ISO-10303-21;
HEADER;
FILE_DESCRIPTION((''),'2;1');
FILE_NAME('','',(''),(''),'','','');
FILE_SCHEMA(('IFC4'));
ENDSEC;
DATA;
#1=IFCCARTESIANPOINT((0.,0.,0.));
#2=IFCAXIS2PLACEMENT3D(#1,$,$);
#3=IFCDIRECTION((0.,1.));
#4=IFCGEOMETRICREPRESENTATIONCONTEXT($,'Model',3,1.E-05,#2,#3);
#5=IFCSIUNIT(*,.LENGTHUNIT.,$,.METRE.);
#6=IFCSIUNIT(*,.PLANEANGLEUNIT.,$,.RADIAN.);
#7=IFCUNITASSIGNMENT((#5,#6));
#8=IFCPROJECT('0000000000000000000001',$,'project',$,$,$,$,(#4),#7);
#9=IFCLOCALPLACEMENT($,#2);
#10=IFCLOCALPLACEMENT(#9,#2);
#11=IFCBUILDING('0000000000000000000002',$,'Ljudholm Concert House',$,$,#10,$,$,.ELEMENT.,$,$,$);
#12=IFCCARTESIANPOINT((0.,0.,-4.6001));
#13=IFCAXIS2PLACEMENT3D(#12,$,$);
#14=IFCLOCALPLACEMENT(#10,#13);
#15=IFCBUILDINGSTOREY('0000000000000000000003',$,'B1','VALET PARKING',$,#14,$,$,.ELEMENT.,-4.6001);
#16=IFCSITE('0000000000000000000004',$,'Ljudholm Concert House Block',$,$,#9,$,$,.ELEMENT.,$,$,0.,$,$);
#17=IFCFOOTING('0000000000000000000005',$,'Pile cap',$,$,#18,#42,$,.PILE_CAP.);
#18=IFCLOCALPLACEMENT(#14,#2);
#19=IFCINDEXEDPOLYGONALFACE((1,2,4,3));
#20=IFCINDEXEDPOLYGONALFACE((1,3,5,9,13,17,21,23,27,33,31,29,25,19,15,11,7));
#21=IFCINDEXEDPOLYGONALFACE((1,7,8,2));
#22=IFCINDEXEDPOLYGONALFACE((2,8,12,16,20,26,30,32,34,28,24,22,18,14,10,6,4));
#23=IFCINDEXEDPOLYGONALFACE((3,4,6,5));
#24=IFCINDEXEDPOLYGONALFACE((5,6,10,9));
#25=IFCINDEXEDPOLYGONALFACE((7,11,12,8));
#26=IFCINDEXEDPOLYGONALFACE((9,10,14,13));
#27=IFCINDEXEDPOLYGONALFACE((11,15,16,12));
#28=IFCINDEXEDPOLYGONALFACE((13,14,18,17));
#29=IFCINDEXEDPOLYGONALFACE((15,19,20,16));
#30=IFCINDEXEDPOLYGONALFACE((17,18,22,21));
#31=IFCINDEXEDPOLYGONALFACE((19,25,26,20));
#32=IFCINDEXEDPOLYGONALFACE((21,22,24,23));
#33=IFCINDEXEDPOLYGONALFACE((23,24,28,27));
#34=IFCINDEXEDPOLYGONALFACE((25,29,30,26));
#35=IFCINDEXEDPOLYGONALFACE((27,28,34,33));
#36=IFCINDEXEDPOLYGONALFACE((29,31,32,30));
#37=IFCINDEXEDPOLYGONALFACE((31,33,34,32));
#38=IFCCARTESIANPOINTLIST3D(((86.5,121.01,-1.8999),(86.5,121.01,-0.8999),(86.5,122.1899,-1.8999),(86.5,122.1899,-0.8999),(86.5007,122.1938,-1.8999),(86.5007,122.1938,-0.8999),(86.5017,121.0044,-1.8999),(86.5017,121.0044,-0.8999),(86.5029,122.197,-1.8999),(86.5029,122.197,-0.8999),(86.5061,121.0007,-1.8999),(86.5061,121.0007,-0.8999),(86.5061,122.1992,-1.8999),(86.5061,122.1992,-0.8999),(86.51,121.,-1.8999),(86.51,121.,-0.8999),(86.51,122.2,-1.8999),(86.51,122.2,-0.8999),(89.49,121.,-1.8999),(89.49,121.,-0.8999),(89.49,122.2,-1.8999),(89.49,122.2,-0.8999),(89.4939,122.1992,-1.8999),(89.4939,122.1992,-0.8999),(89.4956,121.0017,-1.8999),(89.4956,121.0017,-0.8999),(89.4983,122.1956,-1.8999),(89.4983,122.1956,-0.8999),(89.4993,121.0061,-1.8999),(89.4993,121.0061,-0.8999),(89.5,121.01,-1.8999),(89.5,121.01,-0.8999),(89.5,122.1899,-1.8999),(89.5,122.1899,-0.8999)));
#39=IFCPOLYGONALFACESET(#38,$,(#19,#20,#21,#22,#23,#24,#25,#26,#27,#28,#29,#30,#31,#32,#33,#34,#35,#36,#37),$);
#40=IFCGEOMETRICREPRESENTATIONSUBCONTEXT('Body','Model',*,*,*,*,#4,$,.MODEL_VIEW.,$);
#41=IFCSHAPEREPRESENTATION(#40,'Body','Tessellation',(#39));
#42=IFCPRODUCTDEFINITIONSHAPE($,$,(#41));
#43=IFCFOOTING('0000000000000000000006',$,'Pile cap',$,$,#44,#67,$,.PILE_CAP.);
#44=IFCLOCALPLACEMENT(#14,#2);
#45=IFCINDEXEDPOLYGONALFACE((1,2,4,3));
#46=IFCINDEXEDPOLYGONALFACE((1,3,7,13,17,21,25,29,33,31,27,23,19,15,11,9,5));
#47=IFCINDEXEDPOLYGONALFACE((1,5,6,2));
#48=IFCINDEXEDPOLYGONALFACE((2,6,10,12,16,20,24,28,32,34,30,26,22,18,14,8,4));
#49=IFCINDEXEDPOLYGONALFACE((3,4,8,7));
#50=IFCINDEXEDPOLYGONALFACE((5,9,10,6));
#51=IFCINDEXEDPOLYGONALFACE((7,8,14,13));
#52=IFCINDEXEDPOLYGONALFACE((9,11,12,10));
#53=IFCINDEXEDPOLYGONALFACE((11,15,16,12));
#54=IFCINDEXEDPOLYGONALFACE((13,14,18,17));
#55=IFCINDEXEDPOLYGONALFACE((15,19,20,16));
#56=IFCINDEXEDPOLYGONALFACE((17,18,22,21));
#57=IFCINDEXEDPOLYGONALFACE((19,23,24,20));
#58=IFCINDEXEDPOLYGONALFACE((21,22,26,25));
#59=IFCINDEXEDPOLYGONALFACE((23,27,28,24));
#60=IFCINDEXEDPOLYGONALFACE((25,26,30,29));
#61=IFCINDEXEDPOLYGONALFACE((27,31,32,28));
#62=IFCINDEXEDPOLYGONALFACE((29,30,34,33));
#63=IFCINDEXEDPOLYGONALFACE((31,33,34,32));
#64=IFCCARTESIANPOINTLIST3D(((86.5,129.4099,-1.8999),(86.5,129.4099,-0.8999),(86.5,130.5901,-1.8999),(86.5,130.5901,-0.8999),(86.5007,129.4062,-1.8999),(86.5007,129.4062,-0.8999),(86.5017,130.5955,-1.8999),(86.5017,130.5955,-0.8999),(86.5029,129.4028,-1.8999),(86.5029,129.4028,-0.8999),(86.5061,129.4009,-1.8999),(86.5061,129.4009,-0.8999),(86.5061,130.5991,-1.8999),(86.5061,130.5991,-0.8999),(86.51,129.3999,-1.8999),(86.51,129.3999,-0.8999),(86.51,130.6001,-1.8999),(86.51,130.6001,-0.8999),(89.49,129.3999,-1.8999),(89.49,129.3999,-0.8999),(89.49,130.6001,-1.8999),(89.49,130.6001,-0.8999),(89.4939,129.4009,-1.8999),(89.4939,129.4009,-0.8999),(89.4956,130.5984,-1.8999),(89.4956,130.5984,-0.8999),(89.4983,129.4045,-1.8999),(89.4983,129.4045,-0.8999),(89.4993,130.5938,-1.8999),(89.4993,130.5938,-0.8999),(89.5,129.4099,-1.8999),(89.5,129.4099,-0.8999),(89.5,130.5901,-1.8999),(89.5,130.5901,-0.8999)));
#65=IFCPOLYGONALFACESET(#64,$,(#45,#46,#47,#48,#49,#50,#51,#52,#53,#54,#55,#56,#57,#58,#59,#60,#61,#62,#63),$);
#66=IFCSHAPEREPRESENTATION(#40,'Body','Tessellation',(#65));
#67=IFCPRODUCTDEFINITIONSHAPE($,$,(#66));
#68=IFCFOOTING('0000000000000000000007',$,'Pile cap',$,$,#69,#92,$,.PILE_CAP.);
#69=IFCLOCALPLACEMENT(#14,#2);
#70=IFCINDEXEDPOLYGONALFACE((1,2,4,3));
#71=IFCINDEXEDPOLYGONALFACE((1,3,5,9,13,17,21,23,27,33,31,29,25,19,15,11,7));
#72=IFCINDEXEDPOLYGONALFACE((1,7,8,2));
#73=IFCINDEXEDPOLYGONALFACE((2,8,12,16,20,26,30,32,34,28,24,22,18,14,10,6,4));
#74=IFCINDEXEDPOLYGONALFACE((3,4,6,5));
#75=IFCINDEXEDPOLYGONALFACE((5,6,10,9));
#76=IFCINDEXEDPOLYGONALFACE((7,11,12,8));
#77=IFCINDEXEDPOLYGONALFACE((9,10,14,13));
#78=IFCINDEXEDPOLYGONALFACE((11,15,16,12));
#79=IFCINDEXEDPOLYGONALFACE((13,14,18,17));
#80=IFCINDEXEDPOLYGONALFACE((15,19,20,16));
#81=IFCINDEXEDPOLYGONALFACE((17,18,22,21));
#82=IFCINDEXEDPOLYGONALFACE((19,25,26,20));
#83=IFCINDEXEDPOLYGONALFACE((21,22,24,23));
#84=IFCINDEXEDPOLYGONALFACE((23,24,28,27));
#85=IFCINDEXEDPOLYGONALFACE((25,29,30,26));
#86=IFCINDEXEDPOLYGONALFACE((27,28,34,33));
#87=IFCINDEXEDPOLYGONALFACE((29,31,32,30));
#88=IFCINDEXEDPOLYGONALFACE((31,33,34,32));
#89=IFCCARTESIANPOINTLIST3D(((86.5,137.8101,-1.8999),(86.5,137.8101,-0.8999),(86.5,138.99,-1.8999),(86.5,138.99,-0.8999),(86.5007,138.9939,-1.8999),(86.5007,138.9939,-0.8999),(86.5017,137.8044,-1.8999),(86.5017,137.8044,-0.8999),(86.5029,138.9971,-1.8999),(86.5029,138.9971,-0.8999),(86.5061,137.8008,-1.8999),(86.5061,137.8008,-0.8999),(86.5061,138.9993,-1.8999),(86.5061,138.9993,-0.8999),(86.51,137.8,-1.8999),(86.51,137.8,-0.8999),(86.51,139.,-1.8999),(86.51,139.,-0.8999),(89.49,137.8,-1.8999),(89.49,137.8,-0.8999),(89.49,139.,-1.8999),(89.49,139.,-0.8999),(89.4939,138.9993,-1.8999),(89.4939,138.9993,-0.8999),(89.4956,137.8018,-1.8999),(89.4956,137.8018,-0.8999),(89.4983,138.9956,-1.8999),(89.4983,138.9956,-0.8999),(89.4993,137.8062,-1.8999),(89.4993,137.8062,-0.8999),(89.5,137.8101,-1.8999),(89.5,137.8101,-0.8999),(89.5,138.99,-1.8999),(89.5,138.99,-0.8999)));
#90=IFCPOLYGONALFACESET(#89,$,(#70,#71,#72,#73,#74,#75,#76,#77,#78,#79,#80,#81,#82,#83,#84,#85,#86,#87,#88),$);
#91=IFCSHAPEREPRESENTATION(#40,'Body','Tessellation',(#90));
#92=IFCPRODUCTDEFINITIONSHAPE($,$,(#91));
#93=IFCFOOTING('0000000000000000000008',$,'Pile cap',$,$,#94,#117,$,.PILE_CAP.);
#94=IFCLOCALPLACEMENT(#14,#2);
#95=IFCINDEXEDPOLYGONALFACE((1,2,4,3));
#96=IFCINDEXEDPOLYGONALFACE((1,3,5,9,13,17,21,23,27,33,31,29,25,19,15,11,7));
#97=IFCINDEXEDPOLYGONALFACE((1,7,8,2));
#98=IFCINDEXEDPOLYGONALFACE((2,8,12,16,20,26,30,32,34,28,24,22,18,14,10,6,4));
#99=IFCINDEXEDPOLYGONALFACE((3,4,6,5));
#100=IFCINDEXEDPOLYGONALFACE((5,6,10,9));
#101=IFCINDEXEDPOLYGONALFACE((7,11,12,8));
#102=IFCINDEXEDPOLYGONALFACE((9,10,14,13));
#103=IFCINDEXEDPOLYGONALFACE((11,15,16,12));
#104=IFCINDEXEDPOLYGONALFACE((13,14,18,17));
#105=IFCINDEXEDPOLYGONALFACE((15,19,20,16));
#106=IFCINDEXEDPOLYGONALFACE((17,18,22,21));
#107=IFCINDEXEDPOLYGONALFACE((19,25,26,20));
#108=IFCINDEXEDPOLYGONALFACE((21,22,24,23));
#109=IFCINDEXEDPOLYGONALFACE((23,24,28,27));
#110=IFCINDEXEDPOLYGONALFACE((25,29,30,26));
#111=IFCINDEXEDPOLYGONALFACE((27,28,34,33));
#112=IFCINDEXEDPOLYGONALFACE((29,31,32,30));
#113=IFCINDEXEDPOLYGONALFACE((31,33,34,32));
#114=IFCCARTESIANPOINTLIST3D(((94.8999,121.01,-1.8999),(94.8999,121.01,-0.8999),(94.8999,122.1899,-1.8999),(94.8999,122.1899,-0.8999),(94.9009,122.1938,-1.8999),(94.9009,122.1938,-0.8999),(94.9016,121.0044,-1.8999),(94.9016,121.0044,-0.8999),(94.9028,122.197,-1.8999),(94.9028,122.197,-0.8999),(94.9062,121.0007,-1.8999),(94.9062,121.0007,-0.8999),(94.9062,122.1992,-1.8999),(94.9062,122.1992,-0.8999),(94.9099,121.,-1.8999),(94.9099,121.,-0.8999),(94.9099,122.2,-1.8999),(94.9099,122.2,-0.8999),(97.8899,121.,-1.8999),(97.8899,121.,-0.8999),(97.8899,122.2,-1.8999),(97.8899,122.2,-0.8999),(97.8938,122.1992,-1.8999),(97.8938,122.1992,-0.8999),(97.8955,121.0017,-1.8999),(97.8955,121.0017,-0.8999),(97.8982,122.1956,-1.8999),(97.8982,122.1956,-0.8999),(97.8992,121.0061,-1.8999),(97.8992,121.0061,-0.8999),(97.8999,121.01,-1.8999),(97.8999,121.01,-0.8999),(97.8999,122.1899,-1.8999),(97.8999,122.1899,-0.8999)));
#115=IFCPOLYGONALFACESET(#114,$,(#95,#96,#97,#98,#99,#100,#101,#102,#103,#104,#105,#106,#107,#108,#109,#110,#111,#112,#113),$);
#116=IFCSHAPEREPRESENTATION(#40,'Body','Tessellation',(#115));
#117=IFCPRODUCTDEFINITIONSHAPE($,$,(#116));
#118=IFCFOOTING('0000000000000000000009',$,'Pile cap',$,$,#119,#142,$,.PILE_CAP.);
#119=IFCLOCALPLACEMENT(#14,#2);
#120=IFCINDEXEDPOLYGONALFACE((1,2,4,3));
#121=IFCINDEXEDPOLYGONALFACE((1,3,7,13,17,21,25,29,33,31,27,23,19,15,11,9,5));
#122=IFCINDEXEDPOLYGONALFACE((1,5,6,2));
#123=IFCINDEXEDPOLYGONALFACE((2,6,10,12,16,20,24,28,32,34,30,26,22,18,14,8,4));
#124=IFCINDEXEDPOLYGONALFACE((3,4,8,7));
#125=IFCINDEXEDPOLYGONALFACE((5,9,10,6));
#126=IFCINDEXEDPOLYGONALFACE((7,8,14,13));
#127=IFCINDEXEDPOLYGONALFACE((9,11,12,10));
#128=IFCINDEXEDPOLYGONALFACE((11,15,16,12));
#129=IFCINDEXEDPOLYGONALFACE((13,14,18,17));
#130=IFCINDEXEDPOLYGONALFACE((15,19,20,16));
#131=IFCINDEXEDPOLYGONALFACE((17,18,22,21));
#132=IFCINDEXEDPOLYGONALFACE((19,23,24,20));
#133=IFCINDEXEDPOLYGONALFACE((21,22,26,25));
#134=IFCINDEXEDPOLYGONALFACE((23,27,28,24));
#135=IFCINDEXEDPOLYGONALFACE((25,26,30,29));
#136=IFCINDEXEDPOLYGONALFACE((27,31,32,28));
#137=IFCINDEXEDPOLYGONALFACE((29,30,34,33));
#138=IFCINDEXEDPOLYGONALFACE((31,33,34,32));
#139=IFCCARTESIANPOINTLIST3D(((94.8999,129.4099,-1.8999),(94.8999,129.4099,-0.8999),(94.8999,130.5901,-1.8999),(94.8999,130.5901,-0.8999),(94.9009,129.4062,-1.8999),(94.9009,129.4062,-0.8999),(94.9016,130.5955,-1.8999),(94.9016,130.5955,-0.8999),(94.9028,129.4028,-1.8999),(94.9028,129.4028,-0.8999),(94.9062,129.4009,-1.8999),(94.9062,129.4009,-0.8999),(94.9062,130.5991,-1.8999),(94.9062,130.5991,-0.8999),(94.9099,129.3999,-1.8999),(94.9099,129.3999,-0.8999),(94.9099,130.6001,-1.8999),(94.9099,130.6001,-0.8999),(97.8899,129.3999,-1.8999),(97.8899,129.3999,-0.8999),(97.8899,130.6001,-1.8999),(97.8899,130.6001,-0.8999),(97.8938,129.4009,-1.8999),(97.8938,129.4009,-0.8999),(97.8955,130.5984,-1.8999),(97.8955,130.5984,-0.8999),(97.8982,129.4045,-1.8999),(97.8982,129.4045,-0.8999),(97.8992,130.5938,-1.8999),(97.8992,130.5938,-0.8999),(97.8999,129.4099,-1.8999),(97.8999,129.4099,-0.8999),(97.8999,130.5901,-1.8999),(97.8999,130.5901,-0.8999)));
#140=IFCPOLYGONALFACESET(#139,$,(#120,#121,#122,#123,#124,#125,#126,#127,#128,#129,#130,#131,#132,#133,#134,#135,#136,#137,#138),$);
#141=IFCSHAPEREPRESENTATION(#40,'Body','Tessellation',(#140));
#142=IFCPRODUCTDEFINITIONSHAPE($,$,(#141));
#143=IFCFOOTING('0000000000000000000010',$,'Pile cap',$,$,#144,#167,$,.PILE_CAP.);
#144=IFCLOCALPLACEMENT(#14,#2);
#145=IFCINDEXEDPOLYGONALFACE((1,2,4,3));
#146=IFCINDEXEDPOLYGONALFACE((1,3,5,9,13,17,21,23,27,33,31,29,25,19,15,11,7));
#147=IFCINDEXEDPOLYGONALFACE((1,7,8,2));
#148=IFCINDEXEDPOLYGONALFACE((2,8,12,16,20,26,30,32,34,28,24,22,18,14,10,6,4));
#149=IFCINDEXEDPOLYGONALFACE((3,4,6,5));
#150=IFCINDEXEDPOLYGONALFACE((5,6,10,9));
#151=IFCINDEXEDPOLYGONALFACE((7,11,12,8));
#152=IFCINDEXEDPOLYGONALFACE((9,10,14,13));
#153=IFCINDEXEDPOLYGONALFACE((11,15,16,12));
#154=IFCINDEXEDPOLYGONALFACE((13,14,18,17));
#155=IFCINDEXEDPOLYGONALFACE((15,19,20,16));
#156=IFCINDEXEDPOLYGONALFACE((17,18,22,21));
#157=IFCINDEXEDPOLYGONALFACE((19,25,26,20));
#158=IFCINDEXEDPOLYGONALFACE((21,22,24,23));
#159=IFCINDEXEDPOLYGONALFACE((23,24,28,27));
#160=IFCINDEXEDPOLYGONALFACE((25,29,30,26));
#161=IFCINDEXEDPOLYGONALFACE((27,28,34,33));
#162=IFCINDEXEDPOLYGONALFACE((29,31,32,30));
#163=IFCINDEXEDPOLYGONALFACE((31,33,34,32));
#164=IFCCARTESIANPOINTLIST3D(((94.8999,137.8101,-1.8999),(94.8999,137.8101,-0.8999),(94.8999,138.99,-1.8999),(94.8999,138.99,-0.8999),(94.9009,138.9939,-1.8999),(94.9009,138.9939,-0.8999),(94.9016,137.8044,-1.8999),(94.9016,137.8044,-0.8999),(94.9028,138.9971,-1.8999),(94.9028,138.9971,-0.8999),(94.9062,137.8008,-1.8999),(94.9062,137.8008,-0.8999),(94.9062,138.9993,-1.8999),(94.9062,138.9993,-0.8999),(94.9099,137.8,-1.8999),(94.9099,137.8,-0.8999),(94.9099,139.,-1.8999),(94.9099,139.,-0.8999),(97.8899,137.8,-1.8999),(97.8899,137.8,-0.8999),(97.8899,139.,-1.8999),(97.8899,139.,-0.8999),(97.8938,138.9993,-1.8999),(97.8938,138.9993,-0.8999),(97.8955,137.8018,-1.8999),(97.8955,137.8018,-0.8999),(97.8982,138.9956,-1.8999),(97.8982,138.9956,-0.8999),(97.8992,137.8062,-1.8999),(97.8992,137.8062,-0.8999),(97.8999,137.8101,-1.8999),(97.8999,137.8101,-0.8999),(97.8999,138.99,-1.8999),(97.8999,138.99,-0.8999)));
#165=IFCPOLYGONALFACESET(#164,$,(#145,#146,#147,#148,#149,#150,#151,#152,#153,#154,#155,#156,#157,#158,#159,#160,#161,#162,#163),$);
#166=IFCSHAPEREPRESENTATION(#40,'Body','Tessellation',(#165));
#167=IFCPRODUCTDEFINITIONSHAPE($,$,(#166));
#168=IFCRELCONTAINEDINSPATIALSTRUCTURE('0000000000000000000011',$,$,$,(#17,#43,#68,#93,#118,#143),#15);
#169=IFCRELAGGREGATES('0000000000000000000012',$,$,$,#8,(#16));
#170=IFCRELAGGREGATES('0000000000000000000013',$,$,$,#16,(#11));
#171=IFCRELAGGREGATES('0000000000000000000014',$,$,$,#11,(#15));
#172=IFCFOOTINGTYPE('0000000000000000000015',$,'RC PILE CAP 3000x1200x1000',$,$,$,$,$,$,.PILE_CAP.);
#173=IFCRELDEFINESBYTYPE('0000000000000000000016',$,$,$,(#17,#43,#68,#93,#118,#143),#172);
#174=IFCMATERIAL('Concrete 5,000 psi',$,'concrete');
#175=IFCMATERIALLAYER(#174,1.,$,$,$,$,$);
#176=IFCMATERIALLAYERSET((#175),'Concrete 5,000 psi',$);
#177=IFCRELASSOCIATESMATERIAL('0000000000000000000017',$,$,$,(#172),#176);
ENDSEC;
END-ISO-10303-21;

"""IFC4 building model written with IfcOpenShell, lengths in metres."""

from ifc_helpers import new_model, si_unit, direction, frame, origin, place, context, subcontext, project, spatial, polyline, outline, extrude, material, layer, layer_set, type_object, element, save


model = new_model("IFC4")

# Units and contexts
model_context = context("Model", 3, precision=1e-05, world=origin(), true_north=direction((0.0, 1.0)))
body_context = subcontext(model_context, "Body", "Model", "MODEL_VIEW")
ifc_project = project(units=[si_unit("LENGTHUNIT", "METRE"), si_unit("PLANEANGLEUNIT", "RADIAN")], contexts=[model_context])

# Site, building, storey
site_placement = place(None, origin())
site = spatial("IfcSite", under=ifc_project, at=site_placement, Name="Ljudholm Concert House Block", CompositionType="ELEMENT", RefElevation=0.0)
building_placement = place(site_placement, origin())
building = spatial("IfcBuilding", under=site, at=building_placement, Name="Ljudholm Concert House", CompositionType="ELEMENT")
storey_placement = place(building_placement, frame((0.0, 0.0, -4.6001)))
storey = spatial("IfcBuildingStorey", under=building, at=storey_placement, Name="B1", Description="VALET PARKING", CompositionType="ELEMENT", Elevation=-4.6001)

# Footings
ifc_material_1 = material(Name="Concrete 5,000 psi", Category="concrete")
ifc_layer_1 = layer(ifc_material_1, 1.0)
ifc_layer_set_1 = layer_set([ifc_layer_1], Name="Concrete 5,000 psi")
footing_type_1 = type_object("IfcFootingType", Name="RC PILE CAP 3000x1200x1000", PredefinedType="PILE_CAP", material=ifc_layer_set_1)
footing_1_placement = place(storey_placement, frame((0.0, 0.0, -1.8999)))
element("IfcFooting", 1, at=footing_1_placement, inside=storey, type_object=footing_type_1, Name="Pile cap", PredefinedType="PILE_CAP", context=body_context, shape_type="SweptSolid", body=[
    extrude(outline(polyline([(86.5, 122.1899), (86.5, 121.01), (86.5017, 121.0044), (86.5061, 121.0007), (86.51, 121.0), (89.49, 121.0), (89.4956, 121.0017), (89.4993, 121.0061), (89.5, 121.01), (89.5, 122.1899), (89.4983, 122.1956), (89.4939, 122.1992), (89.49, 122.2), (86.51, 122.2), (86.5061, 122.1992), (86.5029, 122.197), (86.5007, 122.1938), (86.5, 122.1899)])), origin(), (0.0, 0.0, 1.0), 1.0),
])
footing_2_placement = place(storey_placement, frame((0.0, 0.0, -1.8999)))
element("IfcFooting", 2, at=footing_2_placement, inside=storey, type_object=footing_type_1, Name="Pile cap", PredefinedType="PILE_CAP", context=body_context, shape_type="SweptSolid", body=[
    extrude(outline(polyline([(86.51, 129.3999), (89.49, 129.3999), (89.4939, 129.4009), (89.4983, 129.4045), (89.5, 129.4099), (89.5, 130.5901), (89.4993, 130.5938), (89.4956, 130.5984), (89.49, 130.6001), (86.51, 130.6001), (86.5061, 130.5991), (86.5017, 130.5955), (86.5, 130.5901), (86.5, 129.4099), (86.5007, 129.4062), (86.5029, 129.4028), (86.5061, 129.4009), (86.51, 129.3999)])), origin(), (0.0, 0.0, 1.0), 1.0),
])
footing_3_placement = place(storey_placement, frame((0.0, 0.0, -1.8999)))
element("IfcFooting", 3, at=footing_3_placement, inside=storey, type_object=footing_type_1, Name="Pile cap", PredefinedType="PILE_CAP", context=body_context, shape_type="SweptSolid", body=[
    extrude(outline(polyline([(86.5, 138.99), (86.5, 137.8101), (86.5017, 137.8044), (86.5061, 137.8008), (86.51, 137.8), (89.49, 137.8), (89.4956, 137.8018), (89.4993, 137.8062), (89.5, 137.8101), (89.5, 138.99), (89.4983, 138.9956), (89.4939, 138.9993), (89.49, 139.0), (86.51, 139.0), (86.5061, 138.9993), (86.5029, 138.9971), (86.5007, 138.9939), (86.5, 138.99)])), origin(), (0.0, 0.0, 1.0), 1.0),
])
footing_4_placement = place(storey_placement, frame((0.0, 0.0, -1.8999)))
element("IfcFooting", 4, at=footing_4_placement, inside=storey, type_object=footing_type_1, Name="Pile cap", PredefinedType="PILE_CAP", context=body_context, shape_type="SweptSolid", body=[
    extrude(outline(polyline([(94.8999, 122.1899), (94.8999, 121.01), (94.9016, 121.0044), (94.9062, 121.0007), (94.9099, 121.0), (97.8899, 121.0), (97.8955, 121.0017), (97.8992, 121.0061), (97.8999, 121.01), (97.8999, 122.1899), (97.8982, 122.1956), (97.8938, 122.1992), (97.8899, 122.2), (94.9099, 122.2), (94.9062, 122.1992), (94.9028, 122.197), (94.9009, 122.1938), (94.8999, 122.1899)])), origin(), (0.0, 0.0, 1.0), 1.0),
])
footing_5_placement = place(storey_placement, frame((0.0, 0.0, -1.8999)))
element("IfcFooting", 5, at=footing_5_placement, inside=storey, type_object=footing_type_1, Name="Pile cap", PredefinedType="PILE_CAP", context=body_context, shape_type="SweptSolid", body=[
    extrude(outline(polyline([(94.9099, 129.3999), (97.8899, 129.3999), (97.8938, 129.4009), (97.8982, 129.4045), (97.8999, 129.4099), (97.8999, 130.5901), (97.8992, 130.5938), (97.8955, 130.5984), (97.8899, 130.6001), (94.9099, 130.6001), (94.9062, 130.5991), (94.9016, 130.5955), (94.8999, 130.5901), (94.8999, 129.4099), (94.9009, 129.4062), (94.9028, 129.4028), (94.9062, 129.4009), (94.9099, 129.3999)])), origin(), (0.0, 0.0, 1.0), 1.0),
])
footing_6_placement = place(storey_placement, frame((0.0, 0.0, -1.8999)))
element("IfcFooting", 6, at=footing_6_placement, inside=storey, type_object=footing_type_1, Name="Pile cap", PredefinedType="PILE_CAP", context=body_context, shape_type="SweptSolid", body=[
    extrude(outline(polyline([(94.8999, 138.99), (94.8999, 137.8101), (94.9016, 137.8044), (94.9062, 137.8008), (94.9099, 137.8), (97.8899, 137.8), (97.8955, 137.8018), (97.8992, 137.8062), (97.8999, 137.8101), (97.8999, 138.99), (97.8982, 138.9956), (97.8938, 138.9993), (97.8899, 139.0), (94.9099, 139.0), (94.9062, 138.9993), (94.9028, 138.9971), (94.9009, 138.9939), (94.8999, 138.99)])), origin(), (0.0, 0.0, 1.0), 1.0),
])

save(model, "model.ifc")
